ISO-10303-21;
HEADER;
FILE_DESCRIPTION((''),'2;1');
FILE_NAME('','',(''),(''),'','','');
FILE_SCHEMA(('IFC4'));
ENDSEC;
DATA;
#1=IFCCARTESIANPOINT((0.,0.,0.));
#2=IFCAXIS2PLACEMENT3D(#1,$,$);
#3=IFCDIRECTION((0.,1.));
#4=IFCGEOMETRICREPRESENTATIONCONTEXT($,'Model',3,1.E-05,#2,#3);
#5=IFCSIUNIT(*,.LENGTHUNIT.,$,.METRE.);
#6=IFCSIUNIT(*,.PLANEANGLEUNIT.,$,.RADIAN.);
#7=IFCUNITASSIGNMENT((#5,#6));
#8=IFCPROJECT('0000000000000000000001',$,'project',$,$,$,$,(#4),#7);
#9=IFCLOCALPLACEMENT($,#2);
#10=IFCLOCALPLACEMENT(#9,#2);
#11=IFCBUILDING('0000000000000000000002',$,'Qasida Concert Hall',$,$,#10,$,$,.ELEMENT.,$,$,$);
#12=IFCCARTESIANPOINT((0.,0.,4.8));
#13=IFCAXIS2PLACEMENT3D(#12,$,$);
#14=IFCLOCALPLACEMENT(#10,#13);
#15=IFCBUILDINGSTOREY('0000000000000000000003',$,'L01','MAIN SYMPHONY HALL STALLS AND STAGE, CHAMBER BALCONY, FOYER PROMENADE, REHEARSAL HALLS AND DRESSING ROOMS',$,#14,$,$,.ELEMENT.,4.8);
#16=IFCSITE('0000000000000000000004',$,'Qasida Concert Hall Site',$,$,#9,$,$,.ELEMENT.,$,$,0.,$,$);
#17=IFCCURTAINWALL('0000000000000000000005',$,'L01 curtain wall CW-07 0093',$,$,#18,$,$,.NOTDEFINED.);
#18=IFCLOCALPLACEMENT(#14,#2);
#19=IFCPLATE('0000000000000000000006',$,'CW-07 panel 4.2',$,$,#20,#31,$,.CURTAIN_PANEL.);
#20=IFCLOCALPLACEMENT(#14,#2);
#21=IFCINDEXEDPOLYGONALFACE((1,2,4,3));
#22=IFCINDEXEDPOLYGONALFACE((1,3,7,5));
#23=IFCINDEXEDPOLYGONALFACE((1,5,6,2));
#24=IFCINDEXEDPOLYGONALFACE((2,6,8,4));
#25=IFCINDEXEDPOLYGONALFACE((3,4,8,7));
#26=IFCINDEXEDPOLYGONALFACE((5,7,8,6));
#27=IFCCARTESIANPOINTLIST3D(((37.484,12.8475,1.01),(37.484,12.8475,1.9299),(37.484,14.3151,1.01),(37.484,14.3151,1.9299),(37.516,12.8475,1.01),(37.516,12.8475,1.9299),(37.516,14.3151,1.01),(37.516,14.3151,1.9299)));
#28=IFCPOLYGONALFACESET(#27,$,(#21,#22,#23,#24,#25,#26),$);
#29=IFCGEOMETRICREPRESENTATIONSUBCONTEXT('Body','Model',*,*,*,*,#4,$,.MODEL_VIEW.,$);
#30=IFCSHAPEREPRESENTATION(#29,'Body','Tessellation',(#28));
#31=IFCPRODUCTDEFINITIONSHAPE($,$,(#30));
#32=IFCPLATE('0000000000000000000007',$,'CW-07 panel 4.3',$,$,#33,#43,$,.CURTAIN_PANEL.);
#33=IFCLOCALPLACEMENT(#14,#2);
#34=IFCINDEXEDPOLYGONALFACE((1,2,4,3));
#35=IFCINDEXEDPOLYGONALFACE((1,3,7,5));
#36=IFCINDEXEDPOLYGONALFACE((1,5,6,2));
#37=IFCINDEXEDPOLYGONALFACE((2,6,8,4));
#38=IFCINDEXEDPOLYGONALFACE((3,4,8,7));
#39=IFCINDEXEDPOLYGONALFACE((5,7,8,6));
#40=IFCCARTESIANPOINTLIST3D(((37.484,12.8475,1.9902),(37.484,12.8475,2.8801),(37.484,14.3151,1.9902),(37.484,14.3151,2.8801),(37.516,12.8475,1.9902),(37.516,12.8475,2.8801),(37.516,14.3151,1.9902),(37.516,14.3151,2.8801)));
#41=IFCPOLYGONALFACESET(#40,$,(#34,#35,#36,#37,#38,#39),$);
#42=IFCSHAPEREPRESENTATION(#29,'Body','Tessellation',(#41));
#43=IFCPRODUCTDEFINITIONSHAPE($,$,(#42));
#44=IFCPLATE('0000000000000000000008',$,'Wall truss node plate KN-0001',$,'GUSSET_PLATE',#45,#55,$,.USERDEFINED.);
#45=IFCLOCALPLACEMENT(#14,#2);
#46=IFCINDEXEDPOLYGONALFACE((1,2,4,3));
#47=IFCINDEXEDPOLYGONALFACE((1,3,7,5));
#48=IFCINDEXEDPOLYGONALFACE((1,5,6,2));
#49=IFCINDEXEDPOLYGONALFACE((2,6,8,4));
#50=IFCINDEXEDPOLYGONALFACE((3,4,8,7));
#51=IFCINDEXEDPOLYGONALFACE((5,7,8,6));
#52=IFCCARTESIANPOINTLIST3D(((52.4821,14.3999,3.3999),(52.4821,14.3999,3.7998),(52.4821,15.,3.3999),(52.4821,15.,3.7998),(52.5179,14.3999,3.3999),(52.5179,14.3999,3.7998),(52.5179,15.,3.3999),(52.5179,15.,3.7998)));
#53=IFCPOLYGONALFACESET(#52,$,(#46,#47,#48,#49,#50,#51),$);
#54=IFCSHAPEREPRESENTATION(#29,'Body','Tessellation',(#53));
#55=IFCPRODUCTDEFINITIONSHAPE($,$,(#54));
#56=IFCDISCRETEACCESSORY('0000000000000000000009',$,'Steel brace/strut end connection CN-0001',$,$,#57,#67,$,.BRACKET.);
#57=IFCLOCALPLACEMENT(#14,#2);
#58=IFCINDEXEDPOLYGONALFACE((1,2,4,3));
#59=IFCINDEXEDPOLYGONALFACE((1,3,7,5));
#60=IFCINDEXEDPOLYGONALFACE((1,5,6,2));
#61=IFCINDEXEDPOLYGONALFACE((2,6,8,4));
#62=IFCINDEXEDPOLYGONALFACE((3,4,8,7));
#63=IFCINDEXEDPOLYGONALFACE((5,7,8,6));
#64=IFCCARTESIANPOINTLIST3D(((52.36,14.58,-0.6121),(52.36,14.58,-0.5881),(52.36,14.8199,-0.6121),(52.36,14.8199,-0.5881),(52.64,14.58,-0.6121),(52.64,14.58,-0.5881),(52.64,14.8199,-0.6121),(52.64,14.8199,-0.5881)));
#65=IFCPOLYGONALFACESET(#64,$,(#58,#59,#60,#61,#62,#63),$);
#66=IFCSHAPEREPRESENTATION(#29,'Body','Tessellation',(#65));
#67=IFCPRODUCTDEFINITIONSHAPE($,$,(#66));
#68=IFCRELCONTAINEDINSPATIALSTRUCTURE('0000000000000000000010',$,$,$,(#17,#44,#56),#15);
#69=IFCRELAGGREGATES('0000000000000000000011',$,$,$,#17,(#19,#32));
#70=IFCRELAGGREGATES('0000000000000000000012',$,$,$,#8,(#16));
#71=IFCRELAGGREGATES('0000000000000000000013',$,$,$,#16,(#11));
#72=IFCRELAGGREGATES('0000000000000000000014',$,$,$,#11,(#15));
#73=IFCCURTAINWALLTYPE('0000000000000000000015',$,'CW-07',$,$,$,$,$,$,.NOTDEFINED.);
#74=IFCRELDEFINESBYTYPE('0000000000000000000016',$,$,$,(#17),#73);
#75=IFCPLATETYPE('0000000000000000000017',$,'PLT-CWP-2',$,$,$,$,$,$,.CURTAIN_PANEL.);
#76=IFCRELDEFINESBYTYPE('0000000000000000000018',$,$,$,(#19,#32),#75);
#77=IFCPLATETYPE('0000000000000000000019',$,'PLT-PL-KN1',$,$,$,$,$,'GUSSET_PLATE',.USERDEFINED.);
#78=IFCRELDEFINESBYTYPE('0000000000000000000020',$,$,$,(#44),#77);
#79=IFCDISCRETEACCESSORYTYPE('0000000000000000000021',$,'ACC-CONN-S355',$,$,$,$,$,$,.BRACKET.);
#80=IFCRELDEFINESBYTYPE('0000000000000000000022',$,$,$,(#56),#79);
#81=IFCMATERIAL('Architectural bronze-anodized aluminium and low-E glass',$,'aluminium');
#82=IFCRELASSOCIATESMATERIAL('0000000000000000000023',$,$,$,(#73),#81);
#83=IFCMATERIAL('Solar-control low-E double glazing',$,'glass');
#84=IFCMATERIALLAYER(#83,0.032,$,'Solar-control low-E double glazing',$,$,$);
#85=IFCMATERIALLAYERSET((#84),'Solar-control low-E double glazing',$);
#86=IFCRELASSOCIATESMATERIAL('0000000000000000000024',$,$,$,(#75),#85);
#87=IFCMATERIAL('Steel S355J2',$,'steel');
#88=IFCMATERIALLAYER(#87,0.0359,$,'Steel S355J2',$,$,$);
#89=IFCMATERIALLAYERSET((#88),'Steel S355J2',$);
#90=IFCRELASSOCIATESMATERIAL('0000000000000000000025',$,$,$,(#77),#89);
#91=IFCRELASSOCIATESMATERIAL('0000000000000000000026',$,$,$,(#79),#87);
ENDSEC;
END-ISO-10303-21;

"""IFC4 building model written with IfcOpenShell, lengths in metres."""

from ifc_helpers import new_model, si_unit, direction, frame, origin, origin_2d, place, context, subcontext, project, spatial, rectangle, extrude, material, layer, layer_set, type_object, element, aggregate, save


model = new_model("IFC4")

# Units and contexts
model_context = context("Model", 3, precision=1e-05, world=origin(), true_north=direction((0.0, 1.0)))
body_context = subcontext(model_context, "Body", "Model", "MODEL_VIEW")
ifc_project = project(units=[si_unit("LENGTHUNIT", "METRE"), si_unit("PLANEANGLEUNIT", "RADIAN")], contexts=[model_context])

# Site, building, storey
site_placement = place(None, origin())
site = spatial("IfcSite", under=ifc_project, at=site_placement, Name="Qasida Concert Hall Site", CompositionType="ELEMENT", RefElevation=0.0)
building_placement = place(site_placement, origin())
building = spatial("IfcBuilding", under=site, at=building_placement, Name="Qasida Concert Hall", CompositionType="ELEMENT")
storey_placement = place(building_placement, frame((0.0, 0.0, 4.8)))
storey = spatial("IfcBuildingStorey", under=building, at=storey_placement, Name="L01", Description="MAIN SYMPHONY HALL STALLS AND STAGE, CHAMBER BALCONY, FOYER PROMENADE, REHEARSAL HALLS AND DRESSING ROOMS", CompositionType="ELEMENT", Elevation=4.8)

# Shared definitions
ifc_material_1 = material(Name="Steel S355J2", Category="steel")

# Curtain wall
ifc_material_2 = material(Name="Architectural bronze-anodized aluminium and low-E glass", Category="aluminium")
curtain_wall_type = type_object("IfcCurtainWallType", Name="CW-07", PredefinedType="NOTDEFINED", material=ifc_material_2)
curtain_wall_1_placement = place(storey_placement, origin())
curtain_wall_1 = element("IfcCurtainWall", 1, at=curtain_wall_1_placement, inside=storey, type_object=curtain_wall_type, Name="L01 curtain wall CW-07 0093", PredefinedType="NOTDEFINED")

# Plates
ifc_material_3 = material(Name="Solar-control low-E double glazing", Category="glass")
ifc_layer_1 = layer(ifc_material_3, 0.032, Name="Solar-control low-E double glazing")
ifc_layer_set_1 = layer_set([ifc_layer_1], Name="Solar-control low-E double glazing")
plate_type_1 = type_object("IfcPlateType", Name="PLT-CWP-2", PredefinedType="CURTAIN_PANEL", material=ifc_layer_set_1)
plate_1_placement = place(storey_placement, frame((37.5, 13.5813, 1.01), z_axis=(0.0, 0.0, 1.0), x_axis=(0.0, 1.0, 0.0)))
plate_1 = element("IfcPlate", 2, at=plate_1_placement, type_object=plate_type_1, Name="CW-07 panel 4.2", PredefinedType="CURTAIN_PANEL", context=body_context, shape_type="SweptSolid", body=[
    extrude(rectangle(XDim=1.4675, YDim=0.032, at=origin_2d()), origin(), (0.0, 0.0, 1.0), 0.9199),
])
plate_2_placement = place(storey_placement, frame((37.5, 13.5813, 1.9902), z_axis=(0.0, 0.0, 1.0), x_axis=(0.0, 1.0, 0.0)))
plate_2 = element("IfcPlate", 3, at=plate_2_placement, type_object=plate_type_1, Name="CW-07 panel 4.3", PredefinedType="CURTAIN_PANEL", context=body_context, shape_type="SweptSolid", body=[
    extrude(rectangle(XDim=1.4675, YDim=0.032, at=origin_2d()), origin(), (0.0, 0.0, 1.0), 0.8899),
])
aggregate(curtain_wall_1, [plate_1, plate_2])
ifc_layer_2 = layer(ifc_material_1, 0.0359, Name="Steel S355J2")
ifc_layer_set_2 = layer_set([ifc_layer_2], Name="Steel S355J2")
plate_type_2 = type_object("IfcPlateType", Name="PLT-PL-KN1", ElementType="GUSSET_PLATE", PredefinedType="USERDEFINED", material=ifc_layer_set_2)
plate_3_placement = place(storey_placement, frame((52.5, 14.7, 3.3999), z_axis=(0.0, 0.0, 1.0), x_axis=(1.0, 0.0, 0.0)))
element("IfcPlate", 4, at=plate_3_placement, inside=storey, type_object=plate_type_2, Name="Wall truss node plate KN-0001", ObjectType="GUSSET_PLATE", PredefinedType="USERDEFINED", context=body_context, shape_type="SweptSolid", body=[
    extrude(rectangle(XDim=0.0359, YDim=0.6001, at=origin_2d()), origin(), (0.0, 0.0, 1.0), 0.3999),
])

# Discrete accessory
discrete_accessory_type = type_object("IfcDiscreteAccessoryType", Name="ACC-CONN-S355", PredefinedType="BRACKET", material=ifc_material_1)
discrete_accessory_placement = place(storey_placement, frame((52.5, 14.7, -0.6121), z_axis=(0.0, 0.0, 1.0), x_axis=(1.0, 0.0, 0.0)))
element("IfcDiscreteAccessory", 5, at=discrete_accessory_placement, inside=storey, type_object=discrete_accessory_type, Name="Steel brace/strut end connection CN-0001", PredefinedType="BRACKET", context=body_context, shape_type="SweptSolid", body=[
    extrude(rectangle(XDim=0.28, YDim=0.24, at=origin_2d()), origin(), (0.0, 0.0, 1.0), 0.0239),
])

save(model, "model.ifc")
